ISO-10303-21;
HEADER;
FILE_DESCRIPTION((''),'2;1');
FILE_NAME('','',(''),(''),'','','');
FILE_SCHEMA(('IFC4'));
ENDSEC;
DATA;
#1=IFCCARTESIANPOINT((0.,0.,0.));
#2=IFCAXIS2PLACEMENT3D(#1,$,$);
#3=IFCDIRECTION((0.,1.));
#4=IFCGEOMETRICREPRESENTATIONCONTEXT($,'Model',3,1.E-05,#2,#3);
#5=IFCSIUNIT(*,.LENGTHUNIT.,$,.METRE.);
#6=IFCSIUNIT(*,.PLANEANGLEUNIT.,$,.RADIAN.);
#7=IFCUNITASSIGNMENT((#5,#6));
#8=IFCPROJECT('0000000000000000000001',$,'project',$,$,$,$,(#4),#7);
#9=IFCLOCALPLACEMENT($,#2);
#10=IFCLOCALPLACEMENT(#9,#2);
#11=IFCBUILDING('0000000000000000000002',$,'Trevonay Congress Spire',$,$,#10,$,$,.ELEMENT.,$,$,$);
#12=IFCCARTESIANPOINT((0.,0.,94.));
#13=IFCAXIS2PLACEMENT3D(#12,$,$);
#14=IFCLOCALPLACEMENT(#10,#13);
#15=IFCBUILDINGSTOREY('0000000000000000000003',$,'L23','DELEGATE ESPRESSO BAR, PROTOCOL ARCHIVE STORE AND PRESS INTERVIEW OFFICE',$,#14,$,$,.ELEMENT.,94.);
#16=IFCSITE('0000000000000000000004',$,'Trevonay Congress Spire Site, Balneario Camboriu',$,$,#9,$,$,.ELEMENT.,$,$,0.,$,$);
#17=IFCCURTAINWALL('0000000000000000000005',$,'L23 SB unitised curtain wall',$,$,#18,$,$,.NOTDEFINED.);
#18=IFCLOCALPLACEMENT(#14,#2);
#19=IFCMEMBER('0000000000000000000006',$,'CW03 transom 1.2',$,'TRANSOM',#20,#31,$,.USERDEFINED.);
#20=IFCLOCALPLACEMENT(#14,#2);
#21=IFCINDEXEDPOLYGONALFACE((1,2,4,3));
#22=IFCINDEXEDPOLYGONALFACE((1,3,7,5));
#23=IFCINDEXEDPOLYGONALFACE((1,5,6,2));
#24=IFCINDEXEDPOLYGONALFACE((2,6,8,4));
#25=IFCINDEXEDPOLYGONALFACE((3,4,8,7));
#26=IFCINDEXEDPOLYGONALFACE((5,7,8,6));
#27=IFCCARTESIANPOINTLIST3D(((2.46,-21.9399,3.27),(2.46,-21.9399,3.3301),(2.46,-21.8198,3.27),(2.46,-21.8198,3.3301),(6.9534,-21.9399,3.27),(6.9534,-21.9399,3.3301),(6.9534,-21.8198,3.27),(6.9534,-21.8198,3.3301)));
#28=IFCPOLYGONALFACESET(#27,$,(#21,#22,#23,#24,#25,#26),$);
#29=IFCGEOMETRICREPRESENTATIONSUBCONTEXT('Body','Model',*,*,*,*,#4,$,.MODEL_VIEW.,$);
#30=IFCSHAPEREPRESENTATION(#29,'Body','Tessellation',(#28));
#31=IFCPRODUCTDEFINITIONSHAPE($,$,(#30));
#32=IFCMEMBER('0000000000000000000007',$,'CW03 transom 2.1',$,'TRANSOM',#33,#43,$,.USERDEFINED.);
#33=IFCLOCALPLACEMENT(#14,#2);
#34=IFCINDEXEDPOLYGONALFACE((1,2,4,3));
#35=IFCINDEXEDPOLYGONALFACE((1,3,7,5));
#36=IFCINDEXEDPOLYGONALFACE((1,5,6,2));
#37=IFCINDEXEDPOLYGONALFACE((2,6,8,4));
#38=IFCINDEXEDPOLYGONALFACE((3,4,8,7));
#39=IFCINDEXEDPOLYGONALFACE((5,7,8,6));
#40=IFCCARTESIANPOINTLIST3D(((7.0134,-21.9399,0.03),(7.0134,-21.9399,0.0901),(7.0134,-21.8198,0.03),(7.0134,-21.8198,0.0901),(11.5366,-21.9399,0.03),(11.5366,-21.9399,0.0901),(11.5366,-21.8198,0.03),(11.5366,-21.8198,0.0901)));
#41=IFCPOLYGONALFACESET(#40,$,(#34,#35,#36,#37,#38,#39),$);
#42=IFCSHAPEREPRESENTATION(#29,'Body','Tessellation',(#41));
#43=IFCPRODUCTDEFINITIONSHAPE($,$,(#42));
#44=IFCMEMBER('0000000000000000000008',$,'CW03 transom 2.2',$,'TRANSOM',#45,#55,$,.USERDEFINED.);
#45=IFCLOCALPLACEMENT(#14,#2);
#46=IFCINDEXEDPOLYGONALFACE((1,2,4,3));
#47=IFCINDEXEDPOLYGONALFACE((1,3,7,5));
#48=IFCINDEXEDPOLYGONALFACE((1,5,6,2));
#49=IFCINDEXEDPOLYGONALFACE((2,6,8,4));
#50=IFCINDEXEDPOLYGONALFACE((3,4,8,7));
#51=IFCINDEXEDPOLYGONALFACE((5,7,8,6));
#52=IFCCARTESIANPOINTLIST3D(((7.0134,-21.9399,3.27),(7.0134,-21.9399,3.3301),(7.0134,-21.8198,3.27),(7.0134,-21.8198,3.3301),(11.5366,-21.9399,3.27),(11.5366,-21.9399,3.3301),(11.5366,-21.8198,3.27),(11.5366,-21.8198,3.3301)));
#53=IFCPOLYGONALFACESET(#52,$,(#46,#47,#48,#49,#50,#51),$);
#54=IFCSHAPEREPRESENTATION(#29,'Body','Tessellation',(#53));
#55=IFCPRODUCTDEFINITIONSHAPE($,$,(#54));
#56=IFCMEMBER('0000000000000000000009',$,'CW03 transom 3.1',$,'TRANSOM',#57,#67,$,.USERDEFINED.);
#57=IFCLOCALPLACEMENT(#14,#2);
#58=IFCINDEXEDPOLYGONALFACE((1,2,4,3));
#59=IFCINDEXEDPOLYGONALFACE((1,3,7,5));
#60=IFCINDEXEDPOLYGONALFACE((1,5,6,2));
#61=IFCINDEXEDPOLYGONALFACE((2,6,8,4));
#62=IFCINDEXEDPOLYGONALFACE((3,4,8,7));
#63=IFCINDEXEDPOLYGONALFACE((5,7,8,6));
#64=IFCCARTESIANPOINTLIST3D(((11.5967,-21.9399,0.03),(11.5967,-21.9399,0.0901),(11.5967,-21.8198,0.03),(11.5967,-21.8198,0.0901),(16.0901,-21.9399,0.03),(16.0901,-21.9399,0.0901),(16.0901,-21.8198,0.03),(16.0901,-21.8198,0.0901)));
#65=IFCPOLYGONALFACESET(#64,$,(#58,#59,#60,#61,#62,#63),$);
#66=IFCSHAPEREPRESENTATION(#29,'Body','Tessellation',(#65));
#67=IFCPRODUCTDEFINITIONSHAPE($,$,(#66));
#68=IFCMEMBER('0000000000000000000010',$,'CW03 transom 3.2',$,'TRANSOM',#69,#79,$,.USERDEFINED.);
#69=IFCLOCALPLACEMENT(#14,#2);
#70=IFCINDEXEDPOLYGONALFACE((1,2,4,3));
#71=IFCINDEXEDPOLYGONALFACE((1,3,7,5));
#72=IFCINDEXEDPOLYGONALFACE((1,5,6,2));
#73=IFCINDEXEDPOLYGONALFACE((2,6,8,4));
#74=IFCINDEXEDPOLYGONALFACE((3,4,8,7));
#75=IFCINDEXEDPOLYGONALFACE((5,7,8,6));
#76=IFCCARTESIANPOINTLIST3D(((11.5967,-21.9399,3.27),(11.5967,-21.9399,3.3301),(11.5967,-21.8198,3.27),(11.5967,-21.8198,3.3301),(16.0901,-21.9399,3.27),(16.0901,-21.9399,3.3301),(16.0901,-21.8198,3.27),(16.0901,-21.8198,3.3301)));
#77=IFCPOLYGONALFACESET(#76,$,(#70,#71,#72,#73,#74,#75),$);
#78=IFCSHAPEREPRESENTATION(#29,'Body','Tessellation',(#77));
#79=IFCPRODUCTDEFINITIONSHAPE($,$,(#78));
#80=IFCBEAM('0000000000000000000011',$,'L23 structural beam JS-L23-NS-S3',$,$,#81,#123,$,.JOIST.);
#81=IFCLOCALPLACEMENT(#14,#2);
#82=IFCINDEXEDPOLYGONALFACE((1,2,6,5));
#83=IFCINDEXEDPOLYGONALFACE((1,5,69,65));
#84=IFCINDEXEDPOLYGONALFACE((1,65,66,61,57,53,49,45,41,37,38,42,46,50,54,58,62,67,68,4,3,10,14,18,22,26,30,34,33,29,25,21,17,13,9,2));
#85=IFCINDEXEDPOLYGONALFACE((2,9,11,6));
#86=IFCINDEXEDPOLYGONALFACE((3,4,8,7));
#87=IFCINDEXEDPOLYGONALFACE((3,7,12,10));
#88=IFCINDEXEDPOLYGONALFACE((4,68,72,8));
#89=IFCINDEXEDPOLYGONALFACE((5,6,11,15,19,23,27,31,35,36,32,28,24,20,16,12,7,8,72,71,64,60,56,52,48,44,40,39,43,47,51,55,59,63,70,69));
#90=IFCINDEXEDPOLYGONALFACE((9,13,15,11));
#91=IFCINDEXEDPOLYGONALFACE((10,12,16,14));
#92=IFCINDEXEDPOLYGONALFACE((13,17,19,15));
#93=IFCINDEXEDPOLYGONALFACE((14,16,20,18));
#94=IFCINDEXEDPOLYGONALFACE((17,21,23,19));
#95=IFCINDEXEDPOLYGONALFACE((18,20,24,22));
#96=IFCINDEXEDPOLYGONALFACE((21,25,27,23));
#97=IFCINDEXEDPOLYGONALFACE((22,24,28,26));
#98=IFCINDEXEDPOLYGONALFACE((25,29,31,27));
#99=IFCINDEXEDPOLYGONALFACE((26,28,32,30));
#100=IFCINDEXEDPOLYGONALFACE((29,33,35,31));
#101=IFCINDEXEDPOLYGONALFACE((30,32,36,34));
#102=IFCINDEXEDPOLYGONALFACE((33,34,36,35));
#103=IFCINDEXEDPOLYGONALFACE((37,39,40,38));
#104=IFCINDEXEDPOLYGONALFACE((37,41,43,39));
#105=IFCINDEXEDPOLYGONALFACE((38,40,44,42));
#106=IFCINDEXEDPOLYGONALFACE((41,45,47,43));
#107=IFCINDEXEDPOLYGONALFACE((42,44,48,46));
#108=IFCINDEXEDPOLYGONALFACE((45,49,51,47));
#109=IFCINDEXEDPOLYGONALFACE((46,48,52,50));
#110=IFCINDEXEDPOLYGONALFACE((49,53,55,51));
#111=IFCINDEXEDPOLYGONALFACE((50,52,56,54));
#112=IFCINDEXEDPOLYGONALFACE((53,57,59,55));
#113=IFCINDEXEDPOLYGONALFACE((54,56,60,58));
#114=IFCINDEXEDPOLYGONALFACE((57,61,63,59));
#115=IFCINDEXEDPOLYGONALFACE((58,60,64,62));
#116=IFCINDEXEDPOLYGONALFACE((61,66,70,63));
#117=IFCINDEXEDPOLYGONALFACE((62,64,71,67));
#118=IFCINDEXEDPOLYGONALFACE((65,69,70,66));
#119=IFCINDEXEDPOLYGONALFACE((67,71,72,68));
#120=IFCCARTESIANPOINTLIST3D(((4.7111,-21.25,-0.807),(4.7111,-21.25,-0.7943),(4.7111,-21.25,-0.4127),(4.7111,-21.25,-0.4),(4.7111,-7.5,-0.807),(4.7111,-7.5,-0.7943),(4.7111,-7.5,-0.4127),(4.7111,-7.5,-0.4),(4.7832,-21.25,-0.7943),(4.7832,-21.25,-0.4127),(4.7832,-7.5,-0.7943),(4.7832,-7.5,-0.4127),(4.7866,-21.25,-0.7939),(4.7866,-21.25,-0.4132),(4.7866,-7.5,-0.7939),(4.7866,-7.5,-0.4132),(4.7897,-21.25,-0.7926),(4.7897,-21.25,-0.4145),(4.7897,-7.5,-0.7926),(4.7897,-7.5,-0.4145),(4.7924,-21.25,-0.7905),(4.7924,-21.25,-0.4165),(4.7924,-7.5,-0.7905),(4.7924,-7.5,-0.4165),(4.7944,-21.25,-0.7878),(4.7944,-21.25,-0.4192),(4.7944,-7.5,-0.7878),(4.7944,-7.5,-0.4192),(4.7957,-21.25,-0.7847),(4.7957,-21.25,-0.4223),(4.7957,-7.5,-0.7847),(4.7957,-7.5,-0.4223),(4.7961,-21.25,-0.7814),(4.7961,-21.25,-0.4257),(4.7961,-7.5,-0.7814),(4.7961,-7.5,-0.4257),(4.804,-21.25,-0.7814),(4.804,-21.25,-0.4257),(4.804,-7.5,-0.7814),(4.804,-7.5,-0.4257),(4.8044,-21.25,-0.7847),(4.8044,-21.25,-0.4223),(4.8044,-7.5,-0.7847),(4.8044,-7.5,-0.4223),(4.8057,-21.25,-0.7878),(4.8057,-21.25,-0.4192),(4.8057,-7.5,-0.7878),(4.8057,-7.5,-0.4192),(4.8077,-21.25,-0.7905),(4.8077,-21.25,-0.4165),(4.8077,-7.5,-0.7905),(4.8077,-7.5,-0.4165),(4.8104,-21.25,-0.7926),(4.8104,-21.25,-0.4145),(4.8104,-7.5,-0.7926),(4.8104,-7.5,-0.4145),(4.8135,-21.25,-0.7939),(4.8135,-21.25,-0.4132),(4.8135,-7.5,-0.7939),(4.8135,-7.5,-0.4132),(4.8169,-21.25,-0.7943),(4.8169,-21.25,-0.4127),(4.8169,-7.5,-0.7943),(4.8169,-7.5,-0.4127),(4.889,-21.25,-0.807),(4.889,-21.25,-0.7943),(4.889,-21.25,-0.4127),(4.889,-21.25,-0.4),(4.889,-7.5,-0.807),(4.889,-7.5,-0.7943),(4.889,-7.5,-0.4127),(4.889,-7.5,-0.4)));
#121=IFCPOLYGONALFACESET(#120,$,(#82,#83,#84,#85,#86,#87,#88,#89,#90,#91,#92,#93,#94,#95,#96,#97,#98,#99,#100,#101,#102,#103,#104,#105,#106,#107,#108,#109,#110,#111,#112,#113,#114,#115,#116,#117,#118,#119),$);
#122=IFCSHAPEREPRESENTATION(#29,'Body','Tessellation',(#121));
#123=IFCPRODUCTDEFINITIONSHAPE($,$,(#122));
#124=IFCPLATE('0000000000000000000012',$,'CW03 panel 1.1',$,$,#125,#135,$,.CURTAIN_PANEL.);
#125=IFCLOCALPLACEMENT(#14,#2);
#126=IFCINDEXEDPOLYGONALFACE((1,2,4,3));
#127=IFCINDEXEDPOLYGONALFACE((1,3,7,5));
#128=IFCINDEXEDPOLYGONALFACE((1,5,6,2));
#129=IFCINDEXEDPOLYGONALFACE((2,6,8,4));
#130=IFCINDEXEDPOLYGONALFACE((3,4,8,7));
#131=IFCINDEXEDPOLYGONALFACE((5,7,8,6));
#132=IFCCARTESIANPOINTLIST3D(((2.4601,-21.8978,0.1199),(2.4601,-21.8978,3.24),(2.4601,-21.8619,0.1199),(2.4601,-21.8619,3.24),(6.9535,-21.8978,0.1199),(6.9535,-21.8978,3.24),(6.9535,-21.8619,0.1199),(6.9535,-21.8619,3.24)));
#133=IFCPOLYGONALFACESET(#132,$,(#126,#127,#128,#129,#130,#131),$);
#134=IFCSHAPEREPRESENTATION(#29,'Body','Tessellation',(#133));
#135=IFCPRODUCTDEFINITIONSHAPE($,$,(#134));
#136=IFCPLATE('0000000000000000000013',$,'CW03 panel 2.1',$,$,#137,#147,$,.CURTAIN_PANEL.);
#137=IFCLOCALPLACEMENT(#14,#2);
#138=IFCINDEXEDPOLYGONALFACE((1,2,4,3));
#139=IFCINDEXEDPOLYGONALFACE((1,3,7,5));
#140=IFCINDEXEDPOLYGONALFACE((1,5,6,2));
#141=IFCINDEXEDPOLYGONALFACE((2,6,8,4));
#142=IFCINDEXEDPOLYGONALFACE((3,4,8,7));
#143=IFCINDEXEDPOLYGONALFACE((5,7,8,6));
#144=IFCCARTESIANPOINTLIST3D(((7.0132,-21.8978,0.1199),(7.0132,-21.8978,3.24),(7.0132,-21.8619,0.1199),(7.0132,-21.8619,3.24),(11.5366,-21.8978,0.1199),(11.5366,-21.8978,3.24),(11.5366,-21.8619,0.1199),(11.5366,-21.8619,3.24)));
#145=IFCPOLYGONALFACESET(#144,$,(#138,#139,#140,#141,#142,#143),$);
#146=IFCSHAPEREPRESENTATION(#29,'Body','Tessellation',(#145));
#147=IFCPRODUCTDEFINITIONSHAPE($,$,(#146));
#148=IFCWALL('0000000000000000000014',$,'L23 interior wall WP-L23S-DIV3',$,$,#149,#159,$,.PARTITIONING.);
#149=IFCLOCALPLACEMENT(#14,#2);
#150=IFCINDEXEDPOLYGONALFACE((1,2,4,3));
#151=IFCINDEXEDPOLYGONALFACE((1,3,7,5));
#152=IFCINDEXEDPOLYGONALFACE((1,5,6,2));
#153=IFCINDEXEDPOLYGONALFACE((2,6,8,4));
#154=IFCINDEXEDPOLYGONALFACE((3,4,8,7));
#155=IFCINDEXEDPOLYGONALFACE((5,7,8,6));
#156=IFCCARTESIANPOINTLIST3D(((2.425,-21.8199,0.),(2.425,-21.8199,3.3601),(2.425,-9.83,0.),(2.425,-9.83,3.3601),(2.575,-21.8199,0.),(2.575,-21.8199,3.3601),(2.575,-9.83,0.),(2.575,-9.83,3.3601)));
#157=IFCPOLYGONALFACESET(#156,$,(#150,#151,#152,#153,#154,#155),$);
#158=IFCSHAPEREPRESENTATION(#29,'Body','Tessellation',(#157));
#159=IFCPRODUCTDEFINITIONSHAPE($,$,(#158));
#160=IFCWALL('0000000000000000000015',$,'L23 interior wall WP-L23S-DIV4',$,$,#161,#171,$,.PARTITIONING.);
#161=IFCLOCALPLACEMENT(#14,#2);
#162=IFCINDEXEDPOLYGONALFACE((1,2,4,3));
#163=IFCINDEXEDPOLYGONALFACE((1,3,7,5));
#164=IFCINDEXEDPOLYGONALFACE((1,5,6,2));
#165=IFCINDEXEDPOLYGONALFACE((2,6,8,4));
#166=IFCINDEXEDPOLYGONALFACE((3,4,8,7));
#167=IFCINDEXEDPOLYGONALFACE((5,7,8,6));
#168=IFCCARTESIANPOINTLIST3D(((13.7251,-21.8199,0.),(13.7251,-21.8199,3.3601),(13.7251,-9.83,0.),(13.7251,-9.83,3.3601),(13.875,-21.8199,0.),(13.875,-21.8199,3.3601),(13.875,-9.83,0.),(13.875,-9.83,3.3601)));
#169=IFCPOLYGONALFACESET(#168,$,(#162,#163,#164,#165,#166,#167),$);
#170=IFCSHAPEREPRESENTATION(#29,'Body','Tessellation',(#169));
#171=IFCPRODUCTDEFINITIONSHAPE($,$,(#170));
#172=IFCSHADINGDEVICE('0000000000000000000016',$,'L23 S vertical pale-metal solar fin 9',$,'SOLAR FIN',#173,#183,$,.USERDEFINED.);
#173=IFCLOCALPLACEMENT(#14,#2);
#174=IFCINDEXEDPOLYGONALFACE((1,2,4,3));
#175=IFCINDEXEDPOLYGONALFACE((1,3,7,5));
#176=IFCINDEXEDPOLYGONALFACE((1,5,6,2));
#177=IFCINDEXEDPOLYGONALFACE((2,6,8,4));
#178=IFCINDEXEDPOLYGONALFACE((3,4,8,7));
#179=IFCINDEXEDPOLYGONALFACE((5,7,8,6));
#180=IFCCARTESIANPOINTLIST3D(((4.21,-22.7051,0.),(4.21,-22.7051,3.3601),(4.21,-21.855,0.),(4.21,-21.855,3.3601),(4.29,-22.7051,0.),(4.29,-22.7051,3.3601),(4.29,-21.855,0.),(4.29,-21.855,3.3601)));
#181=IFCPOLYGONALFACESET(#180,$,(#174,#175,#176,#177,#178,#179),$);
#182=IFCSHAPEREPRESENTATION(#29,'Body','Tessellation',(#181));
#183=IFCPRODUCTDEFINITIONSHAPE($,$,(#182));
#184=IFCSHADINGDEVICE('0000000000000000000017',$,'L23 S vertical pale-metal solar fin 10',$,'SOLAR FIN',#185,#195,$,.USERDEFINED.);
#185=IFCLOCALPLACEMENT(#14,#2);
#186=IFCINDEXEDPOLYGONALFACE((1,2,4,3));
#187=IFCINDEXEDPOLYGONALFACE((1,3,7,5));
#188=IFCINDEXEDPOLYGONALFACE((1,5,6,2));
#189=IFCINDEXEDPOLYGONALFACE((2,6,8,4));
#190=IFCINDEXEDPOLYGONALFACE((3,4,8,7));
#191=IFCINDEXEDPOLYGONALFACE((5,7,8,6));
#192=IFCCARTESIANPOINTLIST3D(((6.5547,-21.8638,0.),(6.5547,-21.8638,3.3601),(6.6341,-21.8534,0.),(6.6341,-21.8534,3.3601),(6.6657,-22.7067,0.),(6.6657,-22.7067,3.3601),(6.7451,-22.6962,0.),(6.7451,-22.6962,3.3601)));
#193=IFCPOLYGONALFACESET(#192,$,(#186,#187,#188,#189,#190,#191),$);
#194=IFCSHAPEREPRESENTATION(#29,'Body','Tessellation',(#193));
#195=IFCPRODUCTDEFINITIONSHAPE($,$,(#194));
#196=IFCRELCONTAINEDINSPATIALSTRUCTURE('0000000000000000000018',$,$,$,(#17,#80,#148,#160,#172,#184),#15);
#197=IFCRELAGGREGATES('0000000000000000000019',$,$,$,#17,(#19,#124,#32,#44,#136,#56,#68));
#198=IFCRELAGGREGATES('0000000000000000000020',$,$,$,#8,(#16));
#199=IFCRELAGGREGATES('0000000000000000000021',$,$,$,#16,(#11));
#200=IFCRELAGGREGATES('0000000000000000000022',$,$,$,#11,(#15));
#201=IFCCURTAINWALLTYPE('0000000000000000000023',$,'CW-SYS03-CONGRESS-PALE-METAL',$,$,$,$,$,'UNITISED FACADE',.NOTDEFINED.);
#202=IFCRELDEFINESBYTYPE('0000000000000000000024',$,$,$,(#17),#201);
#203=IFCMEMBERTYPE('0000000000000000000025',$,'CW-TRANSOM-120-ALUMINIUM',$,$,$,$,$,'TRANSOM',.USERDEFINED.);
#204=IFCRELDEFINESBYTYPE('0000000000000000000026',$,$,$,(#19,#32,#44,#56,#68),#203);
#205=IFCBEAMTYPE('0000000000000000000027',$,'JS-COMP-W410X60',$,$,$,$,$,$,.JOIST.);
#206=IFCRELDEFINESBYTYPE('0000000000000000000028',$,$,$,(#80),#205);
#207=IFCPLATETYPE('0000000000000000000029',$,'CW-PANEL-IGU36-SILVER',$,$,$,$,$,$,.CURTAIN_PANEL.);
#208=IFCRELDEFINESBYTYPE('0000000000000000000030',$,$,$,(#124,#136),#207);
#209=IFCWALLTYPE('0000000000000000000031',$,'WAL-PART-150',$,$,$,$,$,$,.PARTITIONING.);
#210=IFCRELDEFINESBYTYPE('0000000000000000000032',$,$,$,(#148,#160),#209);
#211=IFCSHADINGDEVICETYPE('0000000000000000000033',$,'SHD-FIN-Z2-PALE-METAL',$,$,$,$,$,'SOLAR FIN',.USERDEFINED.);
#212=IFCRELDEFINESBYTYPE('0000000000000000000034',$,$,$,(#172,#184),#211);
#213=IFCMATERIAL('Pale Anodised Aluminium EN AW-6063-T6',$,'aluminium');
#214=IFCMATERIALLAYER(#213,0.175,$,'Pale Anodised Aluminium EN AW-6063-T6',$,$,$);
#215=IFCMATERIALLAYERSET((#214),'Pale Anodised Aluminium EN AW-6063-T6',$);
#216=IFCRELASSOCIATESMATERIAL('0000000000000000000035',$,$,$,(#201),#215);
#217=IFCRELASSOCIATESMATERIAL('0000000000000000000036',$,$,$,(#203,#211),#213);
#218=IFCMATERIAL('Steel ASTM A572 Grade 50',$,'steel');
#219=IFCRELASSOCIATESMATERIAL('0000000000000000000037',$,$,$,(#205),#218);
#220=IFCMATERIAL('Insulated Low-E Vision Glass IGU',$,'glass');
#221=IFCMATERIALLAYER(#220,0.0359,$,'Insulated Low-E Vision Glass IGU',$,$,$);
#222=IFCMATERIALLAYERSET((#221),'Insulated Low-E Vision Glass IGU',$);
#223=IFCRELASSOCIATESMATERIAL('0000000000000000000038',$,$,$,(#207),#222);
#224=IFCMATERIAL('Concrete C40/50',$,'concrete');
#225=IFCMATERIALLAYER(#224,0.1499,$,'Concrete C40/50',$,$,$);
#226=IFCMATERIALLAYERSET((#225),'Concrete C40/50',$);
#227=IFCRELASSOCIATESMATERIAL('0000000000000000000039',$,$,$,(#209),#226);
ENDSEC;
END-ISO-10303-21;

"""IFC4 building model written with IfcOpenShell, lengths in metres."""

from ifc_helpers import new_model, si_unit, direction, frame, frame_2d, origin, origin_2d, place, context, subcontext, project, spatial, rectangle, i_section, extrude, material, layer, layer_set, material_profile, profile_set, type_object, element, aggregate, save


model = new_model("IFC4")

# Units and contexts
model_context = context("Model", 3, precision=1e-05, world=origin(), true_north=direction((0.0, 1.0)))
body_context = subcontext(model_context, "Body", "Model", "MODEL_VIEW")
ifc_project = project(units=[si_unit("LENGTHUNIT", "METRE"), si_unit("PLANEANGLEUNIT", "RADIAN")], contexts=[model_context])

# Site, building, storey
site_placement = place(None, origin())
site = spatial("IfcSite", under=ifc_project, at=site_placement, Name="Trevonay Congress Spire Site, Balneario Camboriu", CompositionType="ELEMENT", RefElevation=0.0)
building_placement = place(site_placement, origin())
building = spatial("IfcBuilding", under=site, at=building_placement, Name="Trevonay Congress Spire", CompositionType="ELEMENT")
storey_placement = place(building_placement, frame((0.0, 0.0, 94.0)))
storey = spatial("IfcBuildingStorey", under=building, at=storey_placement, Name="L23", Description="DELEGATE ESPRESSO BAR, PROTOCOL ARCHIVE STORE AND PRESS INTERVIEW OFFICE", CompositionType="ELEMENT", Elevation=94.0)

# Shared definitions
ifc_material_1 = material(Name="Steel ASTM A572 Grade 50", Category="steel")

# Curtain wall, members
ifc_material_2 = material(Name="Pale Anodised Aluminium EN AW-6063-T6", Category="aluminium")
ifc_layer_1 = layer(ifc_material_2, 0.175, Name="Pale Anodised Aluminium EN AW-6063-T6")
ifc_layer_set_1 = layer_set([ifc_layer_1], Name="Pale Anodised Aluminium EN AW-6063-T6")
curtain_wall_type = type_object("IfcCurtainWallType", Name="CW-SYS03-CONGRESS-PALE-METAL", ElementType="UNITISED FACADE", PredefinedType="NOTDEFINED", material=ifc_layer_set_1)
curtain_wall_placement = place(storey_placement, origin())
curtain_wall = element("IfcCurtainWall", 1, at=curtain_wall_placement, inside=storey, type_object=curtain_wall_type, Name="L23 SB unitised curtain wall", PredefinedType="NOTDEFINED")
ifc_material_profile_1 = material_profile(ifc_material_2, rectangle(XDim=0.1201, YDim=0.0601, at=origin_2d()), Name="CW-TRANSOM-120-ALUMINIUM")
ifc_profile_set_1 = profile_set([ifc_material_profile_1], Name="Pale Anodised Aluminium EN AW-6063-T6")
member_type_1 = type_object("IfcMemberType", Name="CW-TRANSOM-120-ALUMINIUM", ElementType="TRANSOM", PredefinedType="USERDEFINED", material=ifc_profile_set_1)
member_1_placement = place(storey_placement, frame((2.46, -21.8799, 3.3), z_axis=(1.0, 0.0, 0.0), x_axis=(0.0, 1.0, 0.0)))
member_1 = element("IfcMember", 2, at=member_1_placement, type_object=member_type_1, Name="CW03 transom 1.2", ObjectType="TRANSOM", PredefinedType="USERDEFINED", context=body_context, shape_type="SweptSolid", body=[
    extrude(rectangle(XDim=0.1201, YDim=0.0601, at=origin_2d()), origin(), (0.0, 0.0, 1.0), 4.4934),
])
member_2_placement = place(storey_placement, frame((7.0134, -21.8799, 0.0601), z_axis=(1.0, 0.0, 0.0), x_axis=(0.0, 1.0, 0.0)))
member_2 = element("IfcMember", 3, at=member_2_placement, type_object=member_type_1, Name="CW03 transom 2.1", ObjectType="TRANSOM", PredefinedType="USERDEFINED", context=body_context, shape_type="SweptSolid", body=[
    extrude(rectangle(XDim=0.1201, YDim=0.0601, at=origin_2d()), origin(), (0.0, 0.0, 1.0), 4.5232),
])
member_3_placement = place(storey_placement, frame((7.0134, -21.8799, 3.3), z_axis=(1.0, 0.0, 0.0), x_axis=(0.0, 1.0, 0.0)))
member_3 = element("IfcMember", 4, at=member_3_placement, type_object=member_type_1, Name="CW03 transom 2.2", ObjectType="TRANSOM", PredefinedType="USERDEFINED", context=body_context, shape_type="SweptSolid", body=[
    extrude(rectangle(XDim=0.1201, YDim=0.0601, at=origin_2d()), origin(), (0.0, 0.0, 1.0), 4.5232),
])
member_4_placement = place(storey_placement, frame((11.5967, -21.8799, 0.0601), z_axis=(1.0, 0.0, 0.0), x_axis=(0.0, 1.0, 0.0)))
member_4 = element("IfcMember", 5, at=member_4_placement, type_object=member_type_1, Name="CW03 transom 3.1", ObjectType="TRANSOM", PredefinedType="USERDEFINED", context=body_context, shape_type="SweptSolid", body=[
    extrude(rectangle(XDim=0.1201, YDim=0.0601, at=origin_2d()), origin(), (0.0, 0.0, 1.0), 4.4934),
])
member_5_placement = place(storey_placement, frame((11.5967, -21.8799, 3.3), z_axis=(1.0, 0.0, 0.0), x_axis=(0.0, 1.0, 0.0)))
member_5 = element("IfcMember", 6, at=member_5_placement, type_object=member_type_1, Name="CW03 transom 3.2", ObjectType="TRANSOM", PredefinedType="USERDEFINED", context=body_context, shape_type="SweptSolid", body=[
    extrude(rectangle(XDim=0.1201, YDim=0.0601, at=origin_2d()), origin(), (0.0, 0.0, 1.0), 4.4934),
])

# Beam
ifc_material_profile_2 = material_profile(ifc_material_1, i_section(OverallWidth=0.178, OverallDepth=0.407, WebThickness=0.0078, FlangeThickness=0.0127, FilletRadius=0.0129, at=origin_2d()), Name="W410x60")
ifc_profile_set_2 = profile_set([ifc_material_profile_2], Name="Steel ASTM A572 Grade 50")
beam_type_1 = type_object("IfcBeamType", Name="JS-COMP-W410X60", PredefinedType="JOIST", material=ifc_profile_set_2)
beam_1_placement = place(storey_placement, frame((4.8, -21.25, -0.6035), z_axis=(0.0, 1.0, 0.0), x_axis=(-1.0, 0.0, 0.0)))
element("IfcBeam", 7, at=beam_1_placement, inside=storey, type_object=beam_type_1, Name="L23 structural beam JS-L23-NS-S3", PredefinedType="JOIST", context=body_context, shape_type="SweptSolid", body=[
    extrude(i_section(OverallWidth=0.178, OverallDepth=0.407, WebThickness=0.0078, FlangeThickness=0.0127, FilletRadius=0.0129, at=origin_2d()), origin(), (0.0, 0.0, 1.0), 13.75),
])

# Plates
ifc_material_3 = material(Name="Insulated Low-E Vision Glass IGU", Category="glass")
ifc_layer_2 = layer(ifc_material_3, 0.0359, Name="Insulated Low-E Vision Glass IGU")
ifc_layer_set_2 = layer_set([ifc_layer_2], Name="Insulated Low-E Vision Glass IGU")
plate_type = type_object("IfcPlateType", Name="CW-PANEL-IGU36-SILVER", PredefinedType="CURTAIN_PANEL", material=ifc_layer_set_2)
plate_1_placement = place(storey_placement, frame((4.7068, -21.8799, 0.1199), z_axis=(0.0, 0.0, 1.0), x_axis=(1.0, 0.0, 0.0)))
plate_1 = element("IfcPlate", 8, at=plate_1_placement, type_object=plate_type, Name="CW03 panel 1.1", PredefinedType="CURTAIN_PANEL", context=body_context, shape_type="SweptSolid", body=[
    extrude(rectangle(XDim=4.4934, YDim=0.0359, at=origin_2d()), origin(), (0.0, 0.0, 1.0), 3.1201),
])
plate_2_placement = place(storey_placement, frame((9.2749, -21.8799, 0.1199), z_axis=(0.0, 0.0, 1.0), x_axis=(1.0, 0.0, 0.0)))
plate_2 = element("IfcPlate", 9, at=plate_2_placement, type_object=plate_type, Name="CW03 panel 2.1", PredefinedType="CURTAIN_PANEL", context=body_context, shape_type="SweptSolid", body=[
    extrude(rectangle(XDim=4.5234, YDim=0.0359, at=origin_2d()), origin(), (0.0, 0.0, 1.0), 3.1201),
])
aggregate(curtain_wall, [member_1, plate_1, member_2, member_3, plate_2, member_4, member_5])

# Walls
ifc_material_4 = material(Name="Concrete C40/50", Category="concrete")
ifc_layer_3 = layer(ifc_material_4, 0.1499, Name="Concrete C40/50")
ifc_layer_set_3 = layer_set([ifc_layer_3], Name="Concrete C40/50")
wall_type = type_object("IfcWallType", Name="WAL-PART-150", PredefinedType="PARTITIONING", material=ifc_layer_set_3)
for number, where, z_axis, x_axis, name in (
    (10, (2.5, -21.8201, 0.0), (0.0, 0.0, 1.0), (0.0, 1.0, 0.0), "L23 interior wall WP-L23S-DIV3"),
    (11, (13.8, -21.8201, 0.0), (0.0, 0.0, 1.0), (0.0, 1.0, 0.0), "L23 interior wall WP-L23S-DIV4"),
):
    element("IfcWall", number, at=place(storey_placement, frame(where, z_axis=z_axis, x_axis=x_axis)), inside=storey, type_object=wall_type, Name=name, PredefinedType="PARTITIONING", context=body_context, shape_type="SweptSolid", body=[
        extrude(rectangle(XDim=11.99, YDim=0.1499, at=frame_2d((5.9951, 0.0))), origin(), (0.0, 0.0, 1.0), 3.3601),
    ])

# Shading devices
shading_device_type = type_object("IfcShadingDeviceType", Name="SHD-FIN-Z2-PALE-METAL", ElementType="SOLAR FIN", PredefinedType="USERDEFINED", material=ifc_material_2)
for number, where, z_axis, x_axis, name in (
    (12, (4.25, -22.28, 0.0), (0.0, 0.0, 1.0), (1.0, 0.0, 0.0), "L23 S vertical pale-metal solar fin 9"),
    (13, (6.6499, -22.28, 0.0), (0.0, 0.0, 1.0), (0.991445, 0.130526, 0.0), "L23 S vertical pale-metal solar fin 10"),
):
    element("IfcShadingDevice", number, at=place(storey_placement, frame(where, z_axis=z_axis, x_axis=x_axis)), inside=storey, type_object=shading_device_type, Name=name, ObjectType="SOLAR FIN", PredefinedType="USERDEFINED", context=body_context, shape_type="SweptSolid", body=[
        extrude(rectangle(XDim=0.0801, YDim=0.8501, at=origin_2d()), origin(), (0.0, 0.0, 1.0), 3.3601),
    ])

save(model, "model.ifc")
